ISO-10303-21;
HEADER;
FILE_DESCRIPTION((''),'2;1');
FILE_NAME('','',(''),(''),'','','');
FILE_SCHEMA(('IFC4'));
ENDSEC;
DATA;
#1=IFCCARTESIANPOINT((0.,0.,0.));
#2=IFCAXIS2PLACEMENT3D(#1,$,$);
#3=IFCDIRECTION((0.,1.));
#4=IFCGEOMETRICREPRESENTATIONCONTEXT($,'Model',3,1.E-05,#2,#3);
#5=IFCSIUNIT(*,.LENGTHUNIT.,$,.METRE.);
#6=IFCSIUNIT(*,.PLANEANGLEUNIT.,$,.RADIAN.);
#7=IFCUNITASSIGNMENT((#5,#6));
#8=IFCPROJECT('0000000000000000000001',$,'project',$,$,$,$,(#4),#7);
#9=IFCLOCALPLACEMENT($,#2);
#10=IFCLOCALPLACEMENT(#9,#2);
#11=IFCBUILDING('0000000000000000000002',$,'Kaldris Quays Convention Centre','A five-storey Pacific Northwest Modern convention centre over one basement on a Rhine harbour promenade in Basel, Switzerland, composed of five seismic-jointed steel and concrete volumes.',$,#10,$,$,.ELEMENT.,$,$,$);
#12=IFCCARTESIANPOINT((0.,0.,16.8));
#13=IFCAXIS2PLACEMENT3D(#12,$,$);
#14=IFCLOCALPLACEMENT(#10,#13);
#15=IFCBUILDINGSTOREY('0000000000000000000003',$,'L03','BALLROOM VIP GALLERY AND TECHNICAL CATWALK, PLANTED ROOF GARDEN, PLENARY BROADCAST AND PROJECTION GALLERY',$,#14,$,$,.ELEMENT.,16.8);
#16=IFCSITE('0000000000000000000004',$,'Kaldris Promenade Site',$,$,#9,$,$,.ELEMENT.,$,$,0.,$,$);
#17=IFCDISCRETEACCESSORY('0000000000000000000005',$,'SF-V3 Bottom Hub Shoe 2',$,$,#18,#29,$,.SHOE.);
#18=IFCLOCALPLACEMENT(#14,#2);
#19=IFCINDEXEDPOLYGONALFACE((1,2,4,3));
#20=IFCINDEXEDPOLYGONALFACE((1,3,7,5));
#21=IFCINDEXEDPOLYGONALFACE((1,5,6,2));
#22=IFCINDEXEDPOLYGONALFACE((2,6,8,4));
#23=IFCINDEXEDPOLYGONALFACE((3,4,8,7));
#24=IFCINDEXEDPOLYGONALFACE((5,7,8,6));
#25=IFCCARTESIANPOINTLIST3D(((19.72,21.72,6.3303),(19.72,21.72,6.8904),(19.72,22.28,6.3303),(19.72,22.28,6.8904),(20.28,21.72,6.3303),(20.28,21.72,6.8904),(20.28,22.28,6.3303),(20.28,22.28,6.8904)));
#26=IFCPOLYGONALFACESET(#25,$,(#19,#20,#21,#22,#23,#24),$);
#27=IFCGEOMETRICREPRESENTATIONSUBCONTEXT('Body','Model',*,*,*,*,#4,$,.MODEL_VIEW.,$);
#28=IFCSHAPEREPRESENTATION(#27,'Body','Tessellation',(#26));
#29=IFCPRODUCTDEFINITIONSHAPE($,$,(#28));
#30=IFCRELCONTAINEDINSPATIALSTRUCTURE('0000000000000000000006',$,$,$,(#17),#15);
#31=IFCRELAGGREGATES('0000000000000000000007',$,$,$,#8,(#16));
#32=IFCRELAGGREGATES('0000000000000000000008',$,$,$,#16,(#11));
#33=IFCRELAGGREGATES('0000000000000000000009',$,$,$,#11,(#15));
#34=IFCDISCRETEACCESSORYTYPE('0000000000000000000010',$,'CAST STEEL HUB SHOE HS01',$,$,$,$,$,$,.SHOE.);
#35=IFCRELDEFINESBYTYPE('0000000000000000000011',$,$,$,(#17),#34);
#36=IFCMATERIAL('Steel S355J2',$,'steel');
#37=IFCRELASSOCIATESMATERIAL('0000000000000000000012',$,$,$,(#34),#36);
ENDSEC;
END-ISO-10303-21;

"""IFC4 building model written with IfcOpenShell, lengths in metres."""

from ifc_helpers import new_model, si_unit, direction, frame, origin, origin_2d, place, context, subcontext, project, spatial, rectangle, extrude, material, type_object, element, save


model = new_model("IFC4")

# Units and contexts
model_context = context("Model", 3, precision=1e-05, world=origin(), true_north=direction((0.0, 1.0)))
body_context = subcontext(model_context, "Body", "Model", "MODEL_VIEW")
ifc_project = project(units=[si_unit("LENGTHUNIT", "METRE"), si_unit("PLANEANGLEUNIT", "RADIAN")], contexts=[model_context])

# Site, building, storey
site_placement = place(None, origin())
site = spatial("IfcSite", under=ifc_project, at=site_placement, Name="Kaldris Promenade Site", CompositionType="ELEMENT", RefElevation=0.0)
building_placement = place(site_placement, origin())
building = spatial("IfcBuilding", under=site, at=building_placement, Name="Kaldris Quays Convention Centre", Description="A five-storey Pacific Northwest Modern convention centre over one basement on a Rhine harbour promenade in Basel, Switzerland, composed of five seismic-jointed steel and concrete volumes.", CompositionType="ELEMENT")
storey_placement = place(building_placement, frame((0.0, 0.0, 16.8)))
storey = spatial("IfcBuildingStorey", under=building, at=storey_placement, Name="L03", Description="BALLROOM VIP GALLERY AND TECHNICAL CATWALK, PLANTED ROOF GARDEN, PLENARY BROADCAST AND PROJECTION GALLERY", CompositionType="ELEMENT", Elevation=16.8)

# Shared definitions
ifc_material_1 = material(Name="Steel S355J2", Category="steel")

# Discrete accessory
discrete_accessory_type = type_object("IfcDiscreteAccessoryType", Name="CAST STEEL HUB SHOE HS01", PredefinedType="SHOE", material=ifc_material_1)
discrete_accessory_placement = place(storey_placement, frame((20.0, 22.0, 6.3303), z_axis=(0.0, 0.0, 1.0), x_axis=(1.0, 0.0, 0.0)))
element("IfcDiscreteAccessory", 1, at=discrete_accessory_placement, inside=storey, type_object=discrete_accessory_type, Name="SF-V3 Bottom Hub Shoe 2", PredefinedType="SHOE", context=body_context, shape_type="SweptSolid", body=[
    extrude(rectangle(XDim=0.5601, YDim=0.5601, at=origin_2d()), origin(), (0.0, 0.0, 1.0), 0.5601),
])

save(model, "model.ifc")
